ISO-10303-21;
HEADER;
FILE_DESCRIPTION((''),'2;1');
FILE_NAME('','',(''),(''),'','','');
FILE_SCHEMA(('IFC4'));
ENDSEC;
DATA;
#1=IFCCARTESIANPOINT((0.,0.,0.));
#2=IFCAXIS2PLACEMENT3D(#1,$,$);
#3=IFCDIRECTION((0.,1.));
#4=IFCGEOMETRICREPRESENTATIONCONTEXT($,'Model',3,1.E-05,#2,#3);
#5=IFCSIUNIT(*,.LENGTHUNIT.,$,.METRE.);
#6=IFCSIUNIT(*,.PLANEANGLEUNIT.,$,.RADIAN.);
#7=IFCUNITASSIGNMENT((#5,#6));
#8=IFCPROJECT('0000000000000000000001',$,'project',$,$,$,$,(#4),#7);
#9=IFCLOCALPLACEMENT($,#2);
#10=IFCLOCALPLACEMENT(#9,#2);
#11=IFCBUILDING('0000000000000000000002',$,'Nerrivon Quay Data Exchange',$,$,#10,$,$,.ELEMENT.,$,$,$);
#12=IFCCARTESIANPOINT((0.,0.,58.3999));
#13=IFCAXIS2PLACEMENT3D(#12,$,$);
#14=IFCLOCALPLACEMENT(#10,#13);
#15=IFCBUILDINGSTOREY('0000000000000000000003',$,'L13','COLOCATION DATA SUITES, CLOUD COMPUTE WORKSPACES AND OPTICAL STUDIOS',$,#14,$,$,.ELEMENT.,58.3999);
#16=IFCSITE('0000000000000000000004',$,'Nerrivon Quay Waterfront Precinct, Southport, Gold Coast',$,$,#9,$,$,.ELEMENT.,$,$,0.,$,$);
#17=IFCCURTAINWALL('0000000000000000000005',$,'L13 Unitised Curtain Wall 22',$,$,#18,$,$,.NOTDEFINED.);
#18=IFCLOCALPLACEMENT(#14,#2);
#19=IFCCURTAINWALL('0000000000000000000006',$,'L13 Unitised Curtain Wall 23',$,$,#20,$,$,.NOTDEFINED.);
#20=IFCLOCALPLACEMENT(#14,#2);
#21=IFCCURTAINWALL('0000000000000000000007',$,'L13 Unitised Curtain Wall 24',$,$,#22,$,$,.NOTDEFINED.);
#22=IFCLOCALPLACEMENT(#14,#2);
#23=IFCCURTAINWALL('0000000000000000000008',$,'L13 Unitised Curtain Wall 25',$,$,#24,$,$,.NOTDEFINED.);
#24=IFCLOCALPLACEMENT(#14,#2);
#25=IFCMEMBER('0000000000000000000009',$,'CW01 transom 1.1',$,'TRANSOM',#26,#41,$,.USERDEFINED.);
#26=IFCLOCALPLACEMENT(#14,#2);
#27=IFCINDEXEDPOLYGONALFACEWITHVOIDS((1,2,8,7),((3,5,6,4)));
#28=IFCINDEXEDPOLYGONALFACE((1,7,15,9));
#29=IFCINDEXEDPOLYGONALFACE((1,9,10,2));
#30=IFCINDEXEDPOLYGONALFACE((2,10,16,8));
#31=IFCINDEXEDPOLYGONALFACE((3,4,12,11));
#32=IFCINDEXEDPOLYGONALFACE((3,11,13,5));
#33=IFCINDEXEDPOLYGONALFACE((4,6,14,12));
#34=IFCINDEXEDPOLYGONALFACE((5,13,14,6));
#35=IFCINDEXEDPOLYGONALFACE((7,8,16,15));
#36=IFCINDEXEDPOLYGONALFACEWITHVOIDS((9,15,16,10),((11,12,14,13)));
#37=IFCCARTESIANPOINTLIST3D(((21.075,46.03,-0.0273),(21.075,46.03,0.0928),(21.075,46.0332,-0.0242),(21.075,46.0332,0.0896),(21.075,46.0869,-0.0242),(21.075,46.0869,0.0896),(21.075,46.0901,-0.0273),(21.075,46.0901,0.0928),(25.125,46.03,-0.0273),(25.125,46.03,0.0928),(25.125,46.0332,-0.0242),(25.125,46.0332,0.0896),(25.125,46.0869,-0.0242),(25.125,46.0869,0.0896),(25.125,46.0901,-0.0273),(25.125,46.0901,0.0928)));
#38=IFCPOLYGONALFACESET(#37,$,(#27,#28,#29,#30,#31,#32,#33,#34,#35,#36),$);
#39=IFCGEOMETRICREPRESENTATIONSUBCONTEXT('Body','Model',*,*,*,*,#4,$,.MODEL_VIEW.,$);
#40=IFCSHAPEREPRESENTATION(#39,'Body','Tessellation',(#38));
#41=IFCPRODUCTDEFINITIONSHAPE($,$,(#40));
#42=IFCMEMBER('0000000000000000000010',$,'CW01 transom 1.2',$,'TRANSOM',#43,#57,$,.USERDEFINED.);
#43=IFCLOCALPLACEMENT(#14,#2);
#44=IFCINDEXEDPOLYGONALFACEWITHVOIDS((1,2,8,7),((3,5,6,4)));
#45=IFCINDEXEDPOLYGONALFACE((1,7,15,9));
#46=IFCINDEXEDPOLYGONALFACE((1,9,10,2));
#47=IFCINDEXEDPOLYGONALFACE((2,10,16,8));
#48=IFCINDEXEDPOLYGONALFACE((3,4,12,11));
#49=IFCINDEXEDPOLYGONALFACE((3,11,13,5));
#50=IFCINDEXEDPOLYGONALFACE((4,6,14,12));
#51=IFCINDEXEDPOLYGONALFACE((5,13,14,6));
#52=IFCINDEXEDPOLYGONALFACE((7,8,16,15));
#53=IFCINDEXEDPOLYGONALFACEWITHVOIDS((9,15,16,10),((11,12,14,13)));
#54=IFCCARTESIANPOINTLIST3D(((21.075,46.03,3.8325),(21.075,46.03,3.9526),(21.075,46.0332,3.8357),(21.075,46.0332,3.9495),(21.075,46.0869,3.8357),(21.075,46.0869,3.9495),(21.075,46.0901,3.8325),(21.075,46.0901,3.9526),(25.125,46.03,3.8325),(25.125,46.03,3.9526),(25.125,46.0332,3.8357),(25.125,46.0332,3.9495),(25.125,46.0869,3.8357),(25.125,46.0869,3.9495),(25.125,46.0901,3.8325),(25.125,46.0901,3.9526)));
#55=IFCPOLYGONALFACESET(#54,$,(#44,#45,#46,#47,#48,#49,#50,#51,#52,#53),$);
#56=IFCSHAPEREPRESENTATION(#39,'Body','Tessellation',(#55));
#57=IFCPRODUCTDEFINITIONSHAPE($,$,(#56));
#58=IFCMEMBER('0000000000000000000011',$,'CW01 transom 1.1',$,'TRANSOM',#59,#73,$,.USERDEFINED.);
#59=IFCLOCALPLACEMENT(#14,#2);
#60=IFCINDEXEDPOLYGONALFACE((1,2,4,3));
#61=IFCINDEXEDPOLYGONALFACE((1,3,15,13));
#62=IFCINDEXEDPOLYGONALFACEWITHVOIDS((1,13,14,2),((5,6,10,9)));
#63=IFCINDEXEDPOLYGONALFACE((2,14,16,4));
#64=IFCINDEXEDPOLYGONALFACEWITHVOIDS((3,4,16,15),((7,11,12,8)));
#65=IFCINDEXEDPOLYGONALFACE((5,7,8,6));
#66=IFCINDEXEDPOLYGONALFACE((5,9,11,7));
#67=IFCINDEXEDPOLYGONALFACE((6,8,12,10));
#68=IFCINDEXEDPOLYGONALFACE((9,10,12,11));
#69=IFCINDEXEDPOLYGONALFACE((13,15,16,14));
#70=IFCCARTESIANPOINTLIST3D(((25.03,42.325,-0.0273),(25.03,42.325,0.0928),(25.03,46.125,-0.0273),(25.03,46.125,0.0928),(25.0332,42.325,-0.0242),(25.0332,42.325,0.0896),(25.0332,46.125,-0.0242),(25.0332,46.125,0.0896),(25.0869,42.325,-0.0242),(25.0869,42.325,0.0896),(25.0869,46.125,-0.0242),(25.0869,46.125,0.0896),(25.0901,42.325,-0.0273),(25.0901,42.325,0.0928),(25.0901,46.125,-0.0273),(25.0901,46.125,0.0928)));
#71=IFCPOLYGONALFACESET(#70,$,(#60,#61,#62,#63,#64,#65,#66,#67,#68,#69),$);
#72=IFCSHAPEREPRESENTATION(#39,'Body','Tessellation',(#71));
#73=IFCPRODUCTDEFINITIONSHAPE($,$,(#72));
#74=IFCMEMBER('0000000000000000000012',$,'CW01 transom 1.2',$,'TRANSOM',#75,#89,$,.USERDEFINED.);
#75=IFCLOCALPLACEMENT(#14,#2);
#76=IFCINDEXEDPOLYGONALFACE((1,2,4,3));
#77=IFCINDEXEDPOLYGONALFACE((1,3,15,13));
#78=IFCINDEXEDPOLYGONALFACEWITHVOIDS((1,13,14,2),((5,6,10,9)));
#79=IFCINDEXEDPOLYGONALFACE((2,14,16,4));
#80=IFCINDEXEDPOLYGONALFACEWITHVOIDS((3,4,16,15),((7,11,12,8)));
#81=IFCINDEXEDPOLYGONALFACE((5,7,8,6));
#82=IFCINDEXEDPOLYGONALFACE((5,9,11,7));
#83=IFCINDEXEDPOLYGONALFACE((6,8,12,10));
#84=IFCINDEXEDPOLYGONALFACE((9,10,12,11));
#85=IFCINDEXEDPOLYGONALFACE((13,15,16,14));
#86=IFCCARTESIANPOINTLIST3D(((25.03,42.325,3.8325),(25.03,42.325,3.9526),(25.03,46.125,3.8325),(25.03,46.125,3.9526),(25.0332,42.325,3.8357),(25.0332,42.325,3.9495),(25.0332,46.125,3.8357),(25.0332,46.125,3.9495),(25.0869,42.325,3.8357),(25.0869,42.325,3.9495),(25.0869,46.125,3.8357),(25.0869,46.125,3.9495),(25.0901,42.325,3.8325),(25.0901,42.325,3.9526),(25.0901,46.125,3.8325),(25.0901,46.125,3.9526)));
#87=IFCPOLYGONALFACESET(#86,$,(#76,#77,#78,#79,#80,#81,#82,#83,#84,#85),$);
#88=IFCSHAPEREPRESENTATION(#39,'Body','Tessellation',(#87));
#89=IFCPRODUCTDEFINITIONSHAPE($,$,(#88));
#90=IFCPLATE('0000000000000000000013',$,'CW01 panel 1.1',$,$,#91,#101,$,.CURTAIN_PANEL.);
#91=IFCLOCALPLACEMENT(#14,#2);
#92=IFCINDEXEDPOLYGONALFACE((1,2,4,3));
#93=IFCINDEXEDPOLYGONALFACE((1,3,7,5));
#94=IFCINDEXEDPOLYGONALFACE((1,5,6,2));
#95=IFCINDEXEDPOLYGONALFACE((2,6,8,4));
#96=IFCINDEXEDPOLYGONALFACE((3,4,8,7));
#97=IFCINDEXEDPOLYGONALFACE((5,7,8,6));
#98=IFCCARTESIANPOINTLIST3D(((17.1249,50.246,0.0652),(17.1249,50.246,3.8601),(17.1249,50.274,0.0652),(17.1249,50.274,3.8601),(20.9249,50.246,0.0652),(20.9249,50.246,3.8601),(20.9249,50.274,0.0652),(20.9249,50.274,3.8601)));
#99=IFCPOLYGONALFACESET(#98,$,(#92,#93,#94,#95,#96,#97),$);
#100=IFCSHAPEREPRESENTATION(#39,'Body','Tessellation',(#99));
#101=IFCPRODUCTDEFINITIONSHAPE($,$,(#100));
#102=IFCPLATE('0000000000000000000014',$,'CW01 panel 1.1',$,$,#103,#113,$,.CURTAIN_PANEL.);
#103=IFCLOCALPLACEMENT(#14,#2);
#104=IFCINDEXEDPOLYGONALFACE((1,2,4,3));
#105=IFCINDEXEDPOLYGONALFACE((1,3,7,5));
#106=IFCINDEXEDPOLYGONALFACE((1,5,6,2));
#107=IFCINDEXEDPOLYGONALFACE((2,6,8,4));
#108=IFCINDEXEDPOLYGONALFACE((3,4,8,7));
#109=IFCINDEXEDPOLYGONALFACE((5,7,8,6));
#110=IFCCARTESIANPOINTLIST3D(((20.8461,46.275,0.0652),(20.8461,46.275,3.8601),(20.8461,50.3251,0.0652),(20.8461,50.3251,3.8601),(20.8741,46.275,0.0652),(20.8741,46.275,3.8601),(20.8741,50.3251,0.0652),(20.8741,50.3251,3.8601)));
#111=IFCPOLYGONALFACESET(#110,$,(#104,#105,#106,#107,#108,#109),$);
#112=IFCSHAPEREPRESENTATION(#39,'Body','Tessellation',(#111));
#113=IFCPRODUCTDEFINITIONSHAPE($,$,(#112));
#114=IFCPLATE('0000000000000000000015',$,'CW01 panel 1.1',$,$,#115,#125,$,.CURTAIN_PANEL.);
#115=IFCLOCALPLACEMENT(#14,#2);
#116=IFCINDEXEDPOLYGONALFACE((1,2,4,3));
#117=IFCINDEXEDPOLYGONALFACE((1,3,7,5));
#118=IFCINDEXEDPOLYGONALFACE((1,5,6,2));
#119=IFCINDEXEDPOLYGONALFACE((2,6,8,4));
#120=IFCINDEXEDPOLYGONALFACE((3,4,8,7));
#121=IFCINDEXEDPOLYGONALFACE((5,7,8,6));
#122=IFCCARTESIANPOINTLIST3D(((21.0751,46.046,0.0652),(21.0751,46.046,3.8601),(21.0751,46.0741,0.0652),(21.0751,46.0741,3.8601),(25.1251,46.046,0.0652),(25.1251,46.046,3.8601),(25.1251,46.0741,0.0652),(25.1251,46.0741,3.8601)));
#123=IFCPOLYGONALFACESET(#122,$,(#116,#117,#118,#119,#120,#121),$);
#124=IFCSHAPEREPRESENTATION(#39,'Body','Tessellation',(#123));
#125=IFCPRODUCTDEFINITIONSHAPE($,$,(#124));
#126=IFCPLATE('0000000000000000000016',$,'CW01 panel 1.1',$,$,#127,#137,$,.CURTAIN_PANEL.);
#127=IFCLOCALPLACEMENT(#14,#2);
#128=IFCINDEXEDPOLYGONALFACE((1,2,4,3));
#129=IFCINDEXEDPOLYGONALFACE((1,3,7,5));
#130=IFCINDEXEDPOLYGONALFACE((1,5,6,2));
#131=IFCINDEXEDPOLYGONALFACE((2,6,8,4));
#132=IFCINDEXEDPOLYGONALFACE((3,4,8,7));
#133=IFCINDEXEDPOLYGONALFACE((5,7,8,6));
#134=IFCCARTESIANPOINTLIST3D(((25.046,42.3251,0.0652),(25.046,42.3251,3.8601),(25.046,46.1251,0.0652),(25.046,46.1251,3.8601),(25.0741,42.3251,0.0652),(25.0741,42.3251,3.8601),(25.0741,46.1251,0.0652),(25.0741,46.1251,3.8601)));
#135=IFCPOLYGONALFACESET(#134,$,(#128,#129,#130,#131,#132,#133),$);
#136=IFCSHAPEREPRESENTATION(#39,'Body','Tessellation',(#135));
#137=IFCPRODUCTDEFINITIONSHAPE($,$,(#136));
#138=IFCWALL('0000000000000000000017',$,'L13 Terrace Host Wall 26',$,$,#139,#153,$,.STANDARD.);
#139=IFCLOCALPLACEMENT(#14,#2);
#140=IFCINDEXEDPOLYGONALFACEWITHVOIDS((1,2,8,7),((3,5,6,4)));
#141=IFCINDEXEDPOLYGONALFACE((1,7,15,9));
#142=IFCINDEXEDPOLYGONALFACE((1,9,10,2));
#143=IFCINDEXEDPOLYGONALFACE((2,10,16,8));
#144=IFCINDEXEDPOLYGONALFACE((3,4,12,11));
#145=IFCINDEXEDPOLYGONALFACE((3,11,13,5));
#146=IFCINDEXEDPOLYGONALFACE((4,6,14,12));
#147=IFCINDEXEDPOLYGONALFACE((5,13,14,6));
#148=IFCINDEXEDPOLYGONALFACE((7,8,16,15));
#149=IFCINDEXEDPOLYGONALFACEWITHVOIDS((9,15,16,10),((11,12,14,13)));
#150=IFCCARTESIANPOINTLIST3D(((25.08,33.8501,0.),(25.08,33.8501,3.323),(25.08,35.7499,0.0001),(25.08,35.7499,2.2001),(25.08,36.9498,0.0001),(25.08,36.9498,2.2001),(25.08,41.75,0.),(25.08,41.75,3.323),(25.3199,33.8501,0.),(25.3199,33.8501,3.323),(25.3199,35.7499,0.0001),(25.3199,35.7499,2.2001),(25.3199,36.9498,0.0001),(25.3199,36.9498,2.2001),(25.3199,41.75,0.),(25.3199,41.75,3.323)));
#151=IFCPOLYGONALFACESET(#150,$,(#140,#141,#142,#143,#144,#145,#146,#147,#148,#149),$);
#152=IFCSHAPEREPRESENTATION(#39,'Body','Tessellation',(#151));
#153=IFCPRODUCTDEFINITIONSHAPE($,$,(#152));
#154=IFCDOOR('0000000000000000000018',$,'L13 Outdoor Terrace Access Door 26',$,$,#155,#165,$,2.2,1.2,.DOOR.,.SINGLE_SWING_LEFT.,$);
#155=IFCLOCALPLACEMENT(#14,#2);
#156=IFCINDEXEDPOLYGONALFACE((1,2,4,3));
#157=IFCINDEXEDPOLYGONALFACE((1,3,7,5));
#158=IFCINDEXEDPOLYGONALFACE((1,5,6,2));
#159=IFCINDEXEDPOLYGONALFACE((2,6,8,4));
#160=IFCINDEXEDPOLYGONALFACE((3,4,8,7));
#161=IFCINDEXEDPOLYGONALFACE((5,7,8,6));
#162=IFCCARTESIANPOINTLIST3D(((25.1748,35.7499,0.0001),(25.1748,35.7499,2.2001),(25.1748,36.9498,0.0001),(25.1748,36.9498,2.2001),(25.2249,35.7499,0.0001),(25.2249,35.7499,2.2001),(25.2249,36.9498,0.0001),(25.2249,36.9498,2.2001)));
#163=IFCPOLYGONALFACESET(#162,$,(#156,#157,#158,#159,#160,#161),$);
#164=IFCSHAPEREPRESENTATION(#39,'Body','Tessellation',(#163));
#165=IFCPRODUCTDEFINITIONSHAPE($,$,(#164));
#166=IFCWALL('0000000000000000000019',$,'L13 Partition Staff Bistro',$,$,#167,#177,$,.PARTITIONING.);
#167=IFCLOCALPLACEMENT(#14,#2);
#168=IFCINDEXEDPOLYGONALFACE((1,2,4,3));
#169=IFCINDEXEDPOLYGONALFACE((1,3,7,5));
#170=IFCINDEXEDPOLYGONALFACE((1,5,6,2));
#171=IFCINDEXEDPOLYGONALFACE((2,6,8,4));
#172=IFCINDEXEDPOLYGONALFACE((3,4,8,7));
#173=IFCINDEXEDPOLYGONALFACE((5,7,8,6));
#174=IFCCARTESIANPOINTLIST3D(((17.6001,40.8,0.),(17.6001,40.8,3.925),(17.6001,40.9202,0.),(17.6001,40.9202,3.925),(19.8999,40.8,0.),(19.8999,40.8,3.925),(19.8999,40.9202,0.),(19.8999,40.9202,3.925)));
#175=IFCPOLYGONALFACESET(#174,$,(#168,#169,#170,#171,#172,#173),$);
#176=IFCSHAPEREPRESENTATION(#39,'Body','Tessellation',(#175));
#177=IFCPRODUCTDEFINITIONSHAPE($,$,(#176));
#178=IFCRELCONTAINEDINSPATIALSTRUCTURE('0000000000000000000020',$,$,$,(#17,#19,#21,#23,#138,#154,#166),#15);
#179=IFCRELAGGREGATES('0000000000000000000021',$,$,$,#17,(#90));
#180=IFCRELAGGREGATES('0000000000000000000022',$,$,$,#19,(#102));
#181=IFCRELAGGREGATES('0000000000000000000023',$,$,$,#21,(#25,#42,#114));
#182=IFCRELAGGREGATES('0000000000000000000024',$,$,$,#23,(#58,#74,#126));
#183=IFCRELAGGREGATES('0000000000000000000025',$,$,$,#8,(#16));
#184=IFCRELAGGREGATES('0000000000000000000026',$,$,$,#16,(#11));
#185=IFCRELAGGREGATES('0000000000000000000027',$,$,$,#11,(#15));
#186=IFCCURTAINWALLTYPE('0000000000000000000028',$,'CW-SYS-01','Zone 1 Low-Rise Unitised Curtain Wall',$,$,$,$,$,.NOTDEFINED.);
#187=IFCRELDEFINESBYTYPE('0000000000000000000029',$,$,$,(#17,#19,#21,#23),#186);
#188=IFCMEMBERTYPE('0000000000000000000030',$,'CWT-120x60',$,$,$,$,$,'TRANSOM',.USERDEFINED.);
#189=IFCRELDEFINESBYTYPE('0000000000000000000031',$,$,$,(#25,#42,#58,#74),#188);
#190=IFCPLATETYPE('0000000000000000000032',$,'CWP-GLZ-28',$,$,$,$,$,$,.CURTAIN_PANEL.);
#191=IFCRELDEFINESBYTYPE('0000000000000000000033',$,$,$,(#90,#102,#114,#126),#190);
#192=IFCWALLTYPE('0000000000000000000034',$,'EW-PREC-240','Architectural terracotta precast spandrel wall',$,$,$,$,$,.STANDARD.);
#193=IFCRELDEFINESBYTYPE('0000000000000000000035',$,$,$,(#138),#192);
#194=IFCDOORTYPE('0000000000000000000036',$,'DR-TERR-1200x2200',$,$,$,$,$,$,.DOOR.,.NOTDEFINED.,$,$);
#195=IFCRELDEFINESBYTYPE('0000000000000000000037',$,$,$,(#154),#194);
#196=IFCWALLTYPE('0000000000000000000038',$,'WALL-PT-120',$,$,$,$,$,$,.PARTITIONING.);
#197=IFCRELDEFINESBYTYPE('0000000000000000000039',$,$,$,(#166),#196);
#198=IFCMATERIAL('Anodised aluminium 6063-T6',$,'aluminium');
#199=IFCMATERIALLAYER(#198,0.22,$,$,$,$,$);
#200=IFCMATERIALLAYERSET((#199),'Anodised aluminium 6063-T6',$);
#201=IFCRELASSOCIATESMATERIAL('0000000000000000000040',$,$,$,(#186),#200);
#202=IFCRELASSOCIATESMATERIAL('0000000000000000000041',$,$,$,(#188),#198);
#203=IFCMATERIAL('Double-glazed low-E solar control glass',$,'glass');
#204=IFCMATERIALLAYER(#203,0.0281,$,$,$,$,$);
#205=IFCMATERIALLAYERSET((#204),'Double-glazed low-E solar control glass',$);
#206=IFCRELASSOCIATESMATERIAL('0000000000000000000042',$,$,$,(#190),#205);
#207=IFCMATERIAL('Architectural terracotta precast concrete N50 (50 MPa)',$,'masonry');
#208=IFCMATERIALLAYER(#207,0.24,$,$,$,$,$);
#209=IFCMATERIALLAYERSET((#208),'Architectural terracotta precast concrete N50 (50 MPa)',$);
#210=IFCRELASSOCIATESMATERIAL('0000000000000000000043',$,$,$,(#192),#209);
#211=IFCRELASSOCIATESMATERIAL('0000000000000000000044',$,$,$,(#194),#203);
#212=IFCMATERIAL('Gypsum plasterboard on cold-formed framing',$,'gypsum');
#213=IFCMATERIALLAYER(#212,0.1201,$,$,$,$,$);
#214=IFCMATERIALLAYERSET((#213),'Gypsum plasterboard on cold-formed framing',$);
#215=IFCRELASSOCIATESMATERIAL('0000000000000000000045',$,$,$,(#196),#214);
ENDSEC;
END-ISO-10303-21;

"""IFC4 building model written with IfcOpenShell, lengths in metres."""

from ifc_helpers import new_model, si_unit, direction, frame, frame_2d, origin, origin_2d, place, context, subcontext, project, spatial, rectangle, hollow_rectangle, extrude, material, layer, layer_set, material_profile, profile_set, type_object, element, fill, aggregate, save


model = new_model("IFC4")

# Units and contexts
model_context = context("Model", 3, precision=1e-05, world=origin(), true_north=direction((0.0, 1.0)))
body_context = subcontext(model_context, "Body", "Model", "MODEL_VIEW")
ifc_project = project(units=[si_unit("LENGTHUNIT", "METRE"), si_unit("PLANEANGLEUNIT", "RADIAN")], contexts=[model_context])

# Site, building, storey
site_placement = place(None, origin())
site = spatial("IfcSite", under=ifc_project, at=site_placement, Name="Nerrivon Quay Waterfront Precinct, Southport, Gold Coast", CompositionType="ELEMENT", RefElevation=0.0)
building_placement = place(site_placement, origin())
building = spatial("IfcBuilding", under=site, at=building_placement, Name="Nerrivon Quay Data Exchange", CompositionType="ELEMENT")
storey_placement = place(building_placement, frame((0.0, 0.0, 58.3999)))
storey = spatial("IfcBuildingStorey", under=building, at=storey_placement, Name="L13", Description="COLOCATION DATA SUITES, CLOUD COMPUTE WORKSPACES AND OPTICAL STUDIOS", CompositionType="ELEMENT", Elevation=58.3999)

# Curtain wall
ifc_material_1 = material(Name="Anodised aluminium 6063-T6", Category="aluminium")
ifc_layer_1 = layer(ifc_material_1, 0.22)
ifc_layer_set_1 = layer_set([ifc_layer_1], Name="Anodised aluminium 6063-T6")
curtain_wall_type = type_object("IfcCurtainWallType", Name="CW-SYS-01", Description="Zone 1 Low-Rise Unitised Curtain Wall", PredefinedType="NOTDEFINED", material=ifc_layer_set_1)
curtain_wall_1_placement = place(storey_placement, origin())
curtain_wall_1 = element("IfcCurtainWall", 1, at=curtain_wall_1_placement, inside=storey, type_object=curtain_wall_type, Name="L13 Unitised Curtain Wall 22", PredefinedType="NOTDEFINED")

# Curtain walls
curtain_wall_2_placement = place(storey_placement, origin())
curtain_wall_2 = element("IfcCurtainWall", 2, at=curtain_wall_2_placement, inside=storey, type_object=curtain_wall_type, Name="L13 Unitised Curtain Wall 23", PredefinedType="NOTDEFINED")
curtain_wall_3_placement = place(storey_placement, origin())
curtain_wall_3 = element("IfcCurtainWall", 3, at=curtain_wall_3_placement, inside=storey, type_object=curtain_wall_type, Name="L13 Unitised Curtain Wall 24", PredefinedType="NOTDEFINED")
curtain_wall_4_placement = place(storey_placement, origin())
curtain_wall_4 = element("IfcCurtainWall", 4, at=curtain_wall_4_placement, inside=storey, type_object=curtain_wall_type, Name="L13 Unitised Curtain Wall 25", PredefinedType="NOTDEFINED")

# Members
ifc_material_profile_1 = material_profile(ifc_material_1, hollow_rectangle(XDim=0.0601, YDim=0.1201, WallThickness=0.0032, at=origin_2d()), Name="ALU-TRAN-120x60")
ifc_profile_set_1 = profile_set([ifc_material_profile_1], Name="Anodised aluminium 6063-T6")
member_type_1 = type_object("IfcMemberType", Name="CWT-120x60", ElementType="TRANSOM", PredefinedType="USERDEFINED", material=ifc_profile_set_1)
member_1_placement = place(storey_placement, frame((21.075, 46.0601, 0.0327), z_axis=(1.0, 0.0, 0.0), x_axis=(0.0, 1.0, 0.0)))
member_1 = element("IfcMember", 5, at=member_1_placement, type_object=member_type_1, Name="CW01 transom 1.1", ObjectType="TRANSOM", PredefinedType="USERDEFINED", context=body_context, shape_type="SweptSolid", body=[
    extrude(hollow_rectangle(XDim=0.0601, YDim=0.1201, WallThickness=0.0032, at=origin_2d()), origin(), (0.0, 0.0, 1.0), 4.05),
])
member_2_placement = place(storey_placement, frame((21.075, 46.0601, 3.8926), z_axis=(1.0, 0.0, 0.0), x_axis=(0.0, 1.0, 0.0)))
member_2 = element("IfcMember", 6, at=member_2_placement, type_object=member_type_1, Name="CW01 transom 1.2", ObjectType="TRANSOM", PredefinedType="USERDEFINED", context=body_context, shape_type="SweptSolid", body=[
    extrude(hollow_rectangle(XDim=0.0601, YDim=0.1201, WallThickness=0.0032, at=origin_2d()), origin(), (0.0, 0.0, 1.0), 4.05),
])
member_3_placement = place(storey_placement, frame((25.0601, 46.125, 0.0327), z_axis=(0.0, -1.0, 0.0), x_axis=(1.0, 0.0, 0.0)))
member_3 = element("IfcMember", 7, at=member_3_placement, type_object=member_type_1, Name="CW01 transom 1.1", ObjectType="TRANSOM", PredefinedType="USERDEFINED", context=body_context, shape_type="SweptSolid", body=[
    extrude(hollow_rectangle(XDim=0.0601, YDim=0.1201, WallThickness=0.0032, at=origin_2d()), origin(), (0.0, 0.0, 1.0), 3.8),
])
member_4_placement = place(storey_placement, frame((25.0601, 46.125, 3.8926), z_axis=(0.0, -1.0, 0.0), x_axis=(1.0, 0.0, 0.0)))
member_4 = element("IfcMember", 8, at=member_4_placement, type_object=member_type_1, Name="CW01 transom 1.2", ObjectType="TRANSOM", PredefinedType="USERDEFINED", context=body_context, shape_type="SweptSolid", body=[
    extrude(hollow_rectangle(XDim=0.0601, YDim=0.1201, WallThickness=0.0032, at=origin_2d()), origin(), (0.0, 0.0, 1.0), 3.8),
])

# Plates
ifc_material_2 = material(Name="Double-glazed low-E solar control glass", Category="glass")
ifc_layer_2 = layer(ifc_material_2, 0.0281)
ifc_layer_set_2 = layer_set([ifc_layer_2], Name="Double-glazed low-E solar control glass")
plate_type = type_object("IfcPlateType", Name="CWP-GLZ-28", PredefinedType="CURTAIN_PANEL", material=ifc_layer_set_2)
plate_1_placement = place(storey_placement, frame((19.0249, 50.26, 0.0652), z_axis=(0.0, 0.0, 1.0), x_axis=(1.0, 0.0, 0.0)))
plate_1 = element("IfcPlate", 9, at=plate_1_placement, type_object=plate_type, Name="CW01 panel 1.1", PredefinedType="CURTAIN_PANEL", context=body_context, shape_type="SweptSolid", body=[
    extrude(rectangle(XDim=3.8, YDim=0.0281, at=origin_2d()), origin(), (0.0, 0.0, 1.0), 3.7949),
])
aggregate(curtain_wall_1, [plate_1])
plate_2_placement = place(storey_placement, frame((20.8601, 48.3, 0.0652), z_axis=(0.0, 0.0, 1.0), x_axis=(0.0, -1.0, 0.0)))
plate_2 = element("IfcPlate", 10, at=plate_2_placement, type_object=plate_type, Name="CW01 panel 1.1", PredefinedType="CURTAIN_PANEL", context=body_context, shape_type="SweptSolid", body=[
    extrude(rectangle(XDim=4.05, YDim=0.0281, at=origin_2d()), origin(), (0.0, 0.0, 1.0), 3.7949),
])
aggregate(curtain_wall_2, [plate_2])
plate_3_placement = place(storey_placement, frame((23.1001, 46.0601, 0.0652), z_axis=(0.0, 0.0, 1.0), x_axis=(1.0, 0.0, 0.0)))
plate_3 = element("IfcPlate", 11, at=plate_3_placement, type_object=plate_type, Name="CW01 panel 1.1", PredefinedType="CURTAIN_PANEL", context=body_context, shape_type="SweptSolid", body=[
    extrude(rectangle(XDim=4.05, YDim=0.0281, at=origin_2d()), origin(), (0.0, 0.0, 1.0), 3.7949),
])
aggregate(curtain_wall_3, [member_1, member_2, plate_3])
plate_4_placement = place(storey_placement, frame((25.0601, 44.2251, 0.0652), z_axis=(0.0, 0.0, 1.0), x_axis=(0.0, -1.0, 0.0)))
plate_4 = element("IfcPlate", 12, at=plate_4_placement, type_object=plate_type, Name="CW01 panel 1.1", PredefinedType="CURTAIN_PANEL", context=body_context, shape_type="SweptSolid", body=[
    extrude(rectangle(XDim=3.8, YDim=0.0281, at=origin_2d()), origin(), (0.0, 0.0, 1.0), 3.7949),
])
aggregate(curtain_wall_4, [member_3, member_4, plate_4])

# Wall, opening, door
ifc_material_3 = material(Name="Architectural terracotta precast concrete N50 (50 MPa)", Category="masonry")
ifc_layer_3 = layer(ifc_material_3, 0.24)
ifc_layer_set_3 = layer_set([ifc_layer_3], Name="Architectural terracotta precast concrete N50 (50 MPa)")
wall_type_1 = type_object("IfcWallType", Name="EW-PREC-240", Description="Architectural terracotta precast spandrel wall", PredefinedType="STANDARD", material=ifc_layer_set_3)
wall_1_placement = place(storey_placement, frame((25.2, 41.75, 0.0), z_axis=(0.0, 0.0, 1.0), x_axis=(0.0, -1.0, 0.0)))
wall_1 = element("IfcWall", 13, at=wall_1_placement, inside=storey, type_object=wall_type_1, Name="L13 Terrace Host Wall 26", PredefinedType="STANDARD", context=body_context, shape_type="SweptSolid", body=[
    extrude(rectangle(XDim=7.8999, YDim=0.24, at=frame_2d((3.95, 0.0))), origin(), (0.0, 0.0, 1.0), 3.323),
])
opening_1_placement = place(wall_1_placement, frame((4.8, 0.0, 0.0)))
opening_1 = element("IfcOpeningElement", 14, at=opening_1_placement, cuts=wall_1, PredefinedType="OPENING", context=body_context, shape_type="SweptSolid", body=[
    extrude(rectangle(XDim=1.2, YDim=2.2, at=frame_2d((0.6001, 1.1001))), frame((0.0, 0.1299, 0.0), z_axis=(0.0, -1.0, 0.0), x_axis=(1.0, 0.0, 0.0)), (0.0, 0.0, 1.0), 0.26),
])
door_type_1 = type_object("IfcDoorType", Name="DR-TERR-1200x2200", OperationType="NOTDEFINED", PredefinedType="DOOR", material=ifc_material_2)
door_1_placement = place(opening_1_placement, origin())
door_1 = element("IfcDoor", 15, at=door_1_placement, inside=storey, type_object=door_type_1, Name="L13 Outdoor Terrace Access Door 26", OperationType="SINGLE_SWING_LEFT", OverallHeight=2.2, OverallWidth=1.2, PredefinedType="DOOR", context=body_context, shape_type="SweptSolid", body=[
    extrude(rectangle(XDim=1.2, YDim=2.2, at=frame_2d((0.6001, 1.1001))), frame((0.0, 0.0249, 0.0), z_axis=(0.0, -1.0, 0.0), x_axis=(1.0, 0.0, 0.0)), (0.0, 0.0, 1.0), 0.05),
])
fill(opening_1, door_1)

# Wall
ifc_material_4 = material(Name="Gypsum plasterboard on cold-formed framing", Category="gypsum")
ifc_layer_4 = layer(ifc_material_4, 0.1201)
ifc_layer_set_4 = layer_set([ifc_layer_4], Name="Gypsum plasterboard on cold-formed framing")
wall_type_2 = type_object("IfcWallType", Name="WALL-PT-120", PredefinedType="PARTITIONING", material=ifc_layer_set_4)
wall_2_placement = place(storey_placement, frame((17.6001, 40.8601, 0.0), z_axis=(0.0, 0.0, 1.0), x_axis=(1.0, 0.0, 0.0)))
element("IfcWall", 16, at=wall_2_placement, inside=storey, type_object=wall_type_2, Name="L13 Partition Staff Bistro", PredefinedType="PARTITIONING", context=body_context, shape_type="SweptSolid", body=[
    extrude(rectangle(XDim=2.2998, YDim=0.1201, at=frame_2d((1.1499, 0.0))), origin(), (0.0, 0.0, 1.0), 3.925),
])

save(model, "model.ifc")
